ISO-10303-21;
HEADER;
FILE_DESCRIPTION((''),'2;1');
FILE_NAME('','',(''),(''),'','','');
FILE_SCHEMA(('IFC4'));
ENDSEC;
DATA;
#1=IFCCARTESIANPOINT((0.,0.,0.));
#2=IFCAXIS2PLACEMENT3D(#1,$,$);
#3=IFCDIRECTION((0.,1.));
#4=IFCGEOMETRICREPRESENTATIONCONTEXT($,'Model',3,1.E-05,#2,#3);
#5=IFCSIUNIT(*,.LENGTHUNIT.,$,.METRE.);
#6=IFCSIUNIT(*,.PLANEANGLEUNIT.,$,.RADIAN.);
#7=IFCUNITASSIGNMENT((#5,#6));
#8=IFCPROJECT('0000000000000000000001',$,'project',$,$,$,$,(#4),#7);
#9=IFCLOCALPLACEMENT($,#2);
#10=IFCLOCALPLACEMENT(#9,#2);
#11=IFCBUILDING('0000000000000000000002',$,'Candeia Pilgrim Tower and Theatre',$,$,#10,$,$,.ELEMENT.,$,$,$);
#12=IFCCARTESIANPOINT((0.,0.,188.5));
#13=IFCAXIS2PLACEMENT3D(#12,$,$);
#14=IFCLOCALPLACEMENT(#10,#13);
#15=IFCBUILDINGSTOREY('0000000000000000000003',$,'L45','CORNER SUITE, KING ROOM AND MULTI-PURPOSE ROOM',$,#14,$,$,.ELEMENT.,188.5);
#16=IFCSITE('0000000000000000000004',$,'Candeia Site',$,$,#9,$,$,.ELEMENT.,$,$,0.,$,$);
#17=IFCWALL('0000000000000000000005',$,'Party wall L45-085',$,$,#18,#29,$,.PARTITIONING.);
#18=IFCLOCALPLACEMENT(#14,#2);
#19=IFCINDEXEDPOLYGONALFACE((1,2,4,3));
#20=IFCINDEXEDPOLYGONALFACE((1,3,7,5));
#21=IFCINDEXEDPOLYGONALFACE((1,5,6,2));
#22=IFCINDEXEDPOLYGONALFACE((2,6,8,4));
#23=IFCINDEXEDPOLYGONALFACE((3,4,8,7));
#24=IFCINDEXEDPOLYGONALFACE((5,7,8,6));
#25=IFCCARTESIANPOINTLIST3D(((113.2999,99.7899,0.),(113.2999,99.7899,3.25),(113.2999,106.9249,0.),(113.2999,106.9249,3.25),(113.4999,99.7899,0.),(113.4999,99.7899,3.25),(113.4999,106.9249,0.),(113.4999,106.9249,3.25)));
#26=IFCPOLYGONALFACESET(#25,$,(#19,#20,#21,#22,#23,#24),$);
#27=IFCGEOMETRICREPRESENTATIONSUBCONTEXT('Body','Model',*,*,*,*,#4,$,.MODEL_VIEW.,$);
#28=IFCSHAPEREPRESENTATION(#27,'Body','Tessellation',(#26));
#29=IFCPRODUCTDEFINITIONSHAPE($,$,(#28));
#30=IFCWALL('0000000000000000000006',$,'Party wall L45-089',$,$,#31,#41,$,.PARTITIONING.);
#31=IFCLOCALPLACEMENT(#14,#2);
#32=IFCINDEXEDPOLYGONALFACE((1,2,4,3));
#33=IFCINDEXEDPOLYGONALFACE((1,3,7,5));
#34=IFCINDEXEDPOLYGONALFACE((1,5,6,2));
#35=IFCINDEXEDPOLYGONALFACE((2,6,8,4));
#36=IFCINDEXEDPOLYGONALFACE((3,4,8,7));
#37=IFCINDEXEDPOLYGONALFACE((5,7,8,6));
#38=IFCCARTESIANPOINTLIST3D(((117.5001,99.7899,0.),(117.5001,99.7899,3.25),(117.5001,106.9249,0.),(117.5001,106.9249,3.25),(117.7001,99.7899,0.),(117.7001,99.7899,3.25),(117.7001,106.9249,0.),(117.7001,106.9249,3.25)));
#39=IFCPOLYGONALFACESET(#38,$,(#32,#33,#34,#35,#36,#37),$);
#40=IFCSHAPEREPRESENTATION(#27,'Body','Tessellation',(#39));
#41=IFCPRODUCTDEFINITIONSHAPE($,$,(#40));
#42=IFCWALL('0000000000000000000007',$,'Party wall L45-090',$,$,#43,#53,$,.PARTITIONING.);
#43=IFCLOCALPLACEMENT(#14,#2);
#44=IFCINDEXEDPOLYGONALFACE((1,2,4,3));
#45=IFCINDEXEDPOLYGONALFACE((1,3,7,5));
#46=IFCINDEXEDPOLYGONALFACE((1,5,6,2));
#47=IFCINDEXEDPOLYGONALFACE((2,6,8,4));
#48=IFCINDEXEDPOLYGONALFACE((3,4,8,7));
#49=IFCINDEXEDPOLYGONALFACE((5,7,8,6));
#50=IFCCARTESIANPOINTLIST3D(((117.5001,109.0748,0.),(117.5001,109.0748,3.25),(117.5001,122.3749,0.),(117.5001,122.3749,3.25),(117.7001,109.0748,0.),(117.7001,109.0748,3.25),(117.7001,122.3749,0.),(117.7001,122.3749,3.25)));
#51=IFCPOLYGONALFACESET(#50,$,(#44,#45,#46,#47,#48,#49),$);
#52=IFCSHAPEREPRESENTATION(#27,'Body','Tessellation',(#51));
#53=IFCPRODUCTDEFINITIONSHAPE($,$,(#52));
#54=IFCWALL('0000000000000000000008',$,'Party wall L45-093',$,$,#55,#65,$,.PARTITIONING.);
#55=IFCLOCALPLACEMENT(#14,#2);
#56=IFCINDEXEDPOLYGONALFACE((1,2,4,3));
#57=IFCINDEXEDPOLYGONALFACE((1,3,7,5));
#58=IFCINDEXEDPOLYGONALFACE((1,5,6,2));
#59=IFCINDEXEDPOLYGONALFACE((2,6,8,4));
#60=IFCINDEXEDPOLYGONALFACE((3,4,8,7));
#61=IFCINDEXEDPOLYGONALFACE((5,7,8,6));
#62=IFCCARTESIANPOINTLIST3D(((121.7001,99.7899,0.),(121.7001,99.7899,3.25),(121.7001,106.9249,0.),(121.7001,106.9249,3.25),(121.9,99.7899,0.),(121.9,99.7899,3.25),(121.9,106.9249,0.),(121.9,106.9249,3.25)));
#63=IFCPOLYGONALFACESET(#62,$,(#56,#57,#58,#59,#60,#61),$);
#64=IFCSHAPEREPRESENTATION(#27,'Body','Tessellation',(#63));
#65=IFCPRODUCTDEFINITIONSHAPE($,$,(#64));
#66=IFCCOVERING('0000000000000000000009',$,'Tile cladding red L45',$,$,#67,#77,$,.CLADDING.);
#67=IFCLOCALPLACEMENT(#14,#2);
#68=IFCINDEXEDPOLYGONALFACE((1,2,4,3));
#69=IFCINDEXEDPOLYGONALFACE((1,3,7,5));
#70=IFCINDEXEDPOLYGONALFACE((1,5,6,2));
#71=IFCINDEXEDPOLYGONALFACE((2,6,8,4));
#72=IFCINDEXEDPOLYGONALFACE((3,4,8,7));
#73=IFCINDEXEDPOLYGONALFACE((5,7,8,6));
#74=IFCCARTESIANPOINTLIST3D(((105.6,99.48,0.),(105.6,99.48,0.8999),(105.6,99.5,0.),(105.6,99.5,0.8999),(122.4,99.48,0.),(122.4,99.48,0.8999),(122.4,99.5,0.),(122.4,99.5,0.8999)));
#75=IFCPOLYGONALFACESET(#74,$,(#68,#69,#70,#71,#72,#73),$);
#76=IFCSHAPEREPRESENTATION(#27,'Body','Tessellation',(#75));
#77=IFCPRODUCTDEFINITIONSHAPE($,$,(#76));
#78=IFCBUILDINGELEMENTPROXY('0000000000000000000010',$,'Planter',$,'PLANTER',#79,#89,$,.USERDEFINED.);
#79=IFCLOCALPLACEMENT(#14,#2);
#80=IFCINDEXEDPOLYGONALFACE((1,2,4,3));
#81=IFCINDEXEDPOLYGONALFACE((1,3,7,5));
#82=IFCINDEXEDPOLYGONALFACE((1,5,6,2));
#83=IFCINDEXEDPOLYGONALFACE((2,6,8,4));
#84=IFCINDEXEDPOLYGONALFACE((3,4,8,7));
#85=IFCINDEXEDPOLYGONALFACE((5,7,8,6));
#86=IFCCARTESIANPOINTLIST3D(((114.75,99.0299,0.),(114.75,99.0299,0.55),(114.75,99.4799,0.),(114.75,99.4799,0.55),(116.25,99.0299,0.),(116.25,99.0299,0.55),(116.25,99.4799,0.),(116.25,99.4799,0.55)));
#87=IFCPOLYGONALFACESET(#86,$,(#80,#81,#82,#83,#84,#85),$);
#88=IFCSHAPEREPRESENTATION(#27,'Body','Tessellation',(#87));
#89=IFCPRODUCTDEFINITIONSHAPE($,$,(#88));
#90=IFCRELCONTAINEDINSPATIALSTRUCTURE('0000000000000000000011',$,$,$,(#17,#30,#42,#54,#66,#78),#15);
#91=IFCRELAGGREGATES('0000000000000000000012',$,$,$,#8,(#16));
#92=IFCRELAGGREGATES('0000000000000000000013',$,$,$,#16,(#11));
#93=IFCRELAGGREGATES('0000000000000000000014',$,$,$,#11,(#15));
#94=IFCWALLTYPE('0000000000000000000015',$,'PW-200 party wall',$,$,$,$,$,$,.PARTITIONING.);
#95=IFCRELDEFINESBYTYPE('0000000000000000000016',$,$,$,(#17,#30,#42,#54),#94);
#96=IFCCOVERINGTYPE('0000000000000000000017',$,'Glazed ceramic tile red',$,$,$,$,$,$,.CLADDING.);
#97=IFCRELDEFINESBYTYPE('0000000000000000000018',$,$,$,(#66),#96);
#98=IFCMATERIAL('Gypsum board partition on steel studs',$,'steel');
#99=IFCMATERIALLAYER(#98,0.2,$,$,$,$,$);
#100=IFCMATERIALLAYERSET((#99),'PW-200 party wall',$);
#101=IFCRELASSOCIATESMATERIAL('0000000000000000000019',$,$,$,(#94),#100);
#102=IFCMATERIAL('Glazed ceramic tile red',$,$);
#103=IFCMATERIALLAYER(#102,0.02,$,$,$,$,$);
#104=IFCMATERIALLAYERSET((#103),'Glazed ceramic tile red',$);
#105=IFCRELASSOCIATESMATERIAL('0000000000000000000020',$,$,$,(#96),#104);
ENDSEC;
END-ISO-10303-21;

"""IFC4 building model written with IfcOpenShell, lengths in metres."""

from ifc_helpers import new_model, si_unit, direction, frame, frame_2d, origin, origin_2d, place, context, subcontext, project, spatial, rectangle, extrude, material, layer, layer_set, type_object, element, save


model = new_model("IFC4")

# Units and contexts
model_context = context("Model", 3, precision=1e-05, world=origin(), true_north=direction((0.0, 1.0)))
body_context = subcontext(model_context, "Body", "Model", "MODEL_VIEW")
ifc_project = project(units=[si_unit("LENGTHUNIT", "METRE"), si_unit("PLANEANGLEUNIT", "RADIAN")], contexts=[model_context])

# Site, building, storey
site_placement = place(None, origin())
site = spatial("IfcSite", under=ifc_project, at=site_placement, Name="Candeia Site", CompositionType="ELEMENT", RefElevation=0.0)
building_placement = place(site_placement, origin())
building = spatial("IfcBuilding", under=site, at=building_placement, Name="Candeia Pilgrim Tower and Theatre", CompositionType="ELEMENT")
storey_placement = place(building_placement, frame((0.0, 0.0, 188.5)))
storey = spatial("IfcBuildingStorey", under=building, at=storey_placement, Name="L45", Description="CORNER SUITE, KING ROOM AND MULTI-PURPOSE ROOM", CompositionType="ELEMENT", Elevation=188.5)

# Shared definitions
ifc_material_1 = material(Name="Gypsum board partition on steel studs", Category="steel")

# Walls
ifc_layer_1 = layer(ifc_material_1, 0.2)
ifc_layer_set_1 = layer_set([ifc_layer_1], Name="PW-200 party wall")
wall_type_1 = type_object("IfcWallType", Name="PW-200 party wall", PredefinedType="PARTITIONING", material=ifc_layer_set_1)
for number, where, z_axis, x_axis, name in (
    (1, (113.3999, 99.79, 0.0), (0.0, 0.0, 1.0), (0.0, 1.0, 0.0), "Party wall L45-085"),
    (2, (117.6001, 99.79, 0.0), (0.0, 0.0, 1.0), (0.0, 1.0, 0.0), "Party wall L45-089"),
):
    element("IfcWall", number, at=place(storey_placement, frame(where, z_axis=z_axis, x_axis=x_axis)), inside=storey, type_object=wall_type_1, Name=name, PredefinedType="PARTITIONING", context=body_context, shape_type="SweptSolid", body=[
        extrude(rectangle(XDim=7.135, YDim=0.2, at=frame_2d((3.5674, 0.0))), origin(), (0.0, 0.0, 1.0), 3.25),
    ])
wall_1_placement = place(storey_placement, frame((117.6001, 109.075, 0.0), z_axis=(0.0, 0.0, 1.0), x_axis=(0.0, 1.0, 0.0)))
element("IfcWall", 3, at=wall_1_placement, inside=storey, type_object=wall_type_1, Name="Party wall L45-090", PredefinedType="PARTITIONING", context=body_context, shape_type="SweptSolid", body=[
    extrude(rectangle(XDim=13.3, YDim=0.2, at=frame_2d((6.6499, 0.0))), origin(), (0.0, 0.0, 1.0), 3.25),
])
wall_2_placement = place(storey_placement, frame((121.8, 99.79, 0.0), z_axis=(0.0, 0.0, 1.0), x_axis=(0.0, 1.0, 0.0)))
element("IfcWall", 4, at=wall_2_placement, inside=storey, type_object=wall_type_1, Name="Party wall L45-093", PredefinedType="PARTITIONING", context=body_context, shape_type="SweptSolid", body=[
    extrude(rectangle(XDim=7.135, YDim=0.2, at=frame_2d((3.5674, 0.0))), origin(), (0.0, 0.0, 1.0), 3.25),
])

# Covering
ifc_material_2 = material(Name="Glazed ceramic tile red")
ifc_layer_2 = layer(ifc_material_2, 0.02)
ifc_layer_set_2 = layer_set([ifc_layer_2], Name="Glazed ceramic tile red")
covering_type = type_object("IfcCoveringType", Name="Glazed ceramic tile red", PredefinedType="CLADDING", material=ifc_layer_set_2)
covering_placement = place(storey_placement, frame((114.0, 99.49, 0.0), z_axis=(0.0, 0.0, 1.0), x_axis=(1.0, 0.0, 0.0)))
element("IfcCovering", 5, at=covering_placement, inside=storey, type_object=covering_type, Name="Tile cladding red L45", PredefinedType="CLADDING", context=body_context, shape_type="SweptSolid", body=[
    extrude(rectangle(XDim=16.8, YDim=0.02, at=origin_2d()), origin(), (0.0, 0.0, 1.0), 0.8999),
])

# Building element proxy
proxy_placement = place(storey_placement, frame((115.5, 99.2549, 0.0), z_axis=(0.0, 0.0, 1.0), x_axis=(1.0, 0.0, 0.0)))
element("IfcBuildingElementProxy", 6, at=proxy_placement, inside=storey, Name="Planter", ObjectType="PLANTER", PredefinedType="USERDEFINED", context=body_context, shape_type="SweptSolid", body=[
    extrude(rectangle(XDim=1.5, YDim=0.45, at=origin_2d()), origin(), (0.0, 0.0, 1.0), 0.55),
])

save(model, "model.ifc")
